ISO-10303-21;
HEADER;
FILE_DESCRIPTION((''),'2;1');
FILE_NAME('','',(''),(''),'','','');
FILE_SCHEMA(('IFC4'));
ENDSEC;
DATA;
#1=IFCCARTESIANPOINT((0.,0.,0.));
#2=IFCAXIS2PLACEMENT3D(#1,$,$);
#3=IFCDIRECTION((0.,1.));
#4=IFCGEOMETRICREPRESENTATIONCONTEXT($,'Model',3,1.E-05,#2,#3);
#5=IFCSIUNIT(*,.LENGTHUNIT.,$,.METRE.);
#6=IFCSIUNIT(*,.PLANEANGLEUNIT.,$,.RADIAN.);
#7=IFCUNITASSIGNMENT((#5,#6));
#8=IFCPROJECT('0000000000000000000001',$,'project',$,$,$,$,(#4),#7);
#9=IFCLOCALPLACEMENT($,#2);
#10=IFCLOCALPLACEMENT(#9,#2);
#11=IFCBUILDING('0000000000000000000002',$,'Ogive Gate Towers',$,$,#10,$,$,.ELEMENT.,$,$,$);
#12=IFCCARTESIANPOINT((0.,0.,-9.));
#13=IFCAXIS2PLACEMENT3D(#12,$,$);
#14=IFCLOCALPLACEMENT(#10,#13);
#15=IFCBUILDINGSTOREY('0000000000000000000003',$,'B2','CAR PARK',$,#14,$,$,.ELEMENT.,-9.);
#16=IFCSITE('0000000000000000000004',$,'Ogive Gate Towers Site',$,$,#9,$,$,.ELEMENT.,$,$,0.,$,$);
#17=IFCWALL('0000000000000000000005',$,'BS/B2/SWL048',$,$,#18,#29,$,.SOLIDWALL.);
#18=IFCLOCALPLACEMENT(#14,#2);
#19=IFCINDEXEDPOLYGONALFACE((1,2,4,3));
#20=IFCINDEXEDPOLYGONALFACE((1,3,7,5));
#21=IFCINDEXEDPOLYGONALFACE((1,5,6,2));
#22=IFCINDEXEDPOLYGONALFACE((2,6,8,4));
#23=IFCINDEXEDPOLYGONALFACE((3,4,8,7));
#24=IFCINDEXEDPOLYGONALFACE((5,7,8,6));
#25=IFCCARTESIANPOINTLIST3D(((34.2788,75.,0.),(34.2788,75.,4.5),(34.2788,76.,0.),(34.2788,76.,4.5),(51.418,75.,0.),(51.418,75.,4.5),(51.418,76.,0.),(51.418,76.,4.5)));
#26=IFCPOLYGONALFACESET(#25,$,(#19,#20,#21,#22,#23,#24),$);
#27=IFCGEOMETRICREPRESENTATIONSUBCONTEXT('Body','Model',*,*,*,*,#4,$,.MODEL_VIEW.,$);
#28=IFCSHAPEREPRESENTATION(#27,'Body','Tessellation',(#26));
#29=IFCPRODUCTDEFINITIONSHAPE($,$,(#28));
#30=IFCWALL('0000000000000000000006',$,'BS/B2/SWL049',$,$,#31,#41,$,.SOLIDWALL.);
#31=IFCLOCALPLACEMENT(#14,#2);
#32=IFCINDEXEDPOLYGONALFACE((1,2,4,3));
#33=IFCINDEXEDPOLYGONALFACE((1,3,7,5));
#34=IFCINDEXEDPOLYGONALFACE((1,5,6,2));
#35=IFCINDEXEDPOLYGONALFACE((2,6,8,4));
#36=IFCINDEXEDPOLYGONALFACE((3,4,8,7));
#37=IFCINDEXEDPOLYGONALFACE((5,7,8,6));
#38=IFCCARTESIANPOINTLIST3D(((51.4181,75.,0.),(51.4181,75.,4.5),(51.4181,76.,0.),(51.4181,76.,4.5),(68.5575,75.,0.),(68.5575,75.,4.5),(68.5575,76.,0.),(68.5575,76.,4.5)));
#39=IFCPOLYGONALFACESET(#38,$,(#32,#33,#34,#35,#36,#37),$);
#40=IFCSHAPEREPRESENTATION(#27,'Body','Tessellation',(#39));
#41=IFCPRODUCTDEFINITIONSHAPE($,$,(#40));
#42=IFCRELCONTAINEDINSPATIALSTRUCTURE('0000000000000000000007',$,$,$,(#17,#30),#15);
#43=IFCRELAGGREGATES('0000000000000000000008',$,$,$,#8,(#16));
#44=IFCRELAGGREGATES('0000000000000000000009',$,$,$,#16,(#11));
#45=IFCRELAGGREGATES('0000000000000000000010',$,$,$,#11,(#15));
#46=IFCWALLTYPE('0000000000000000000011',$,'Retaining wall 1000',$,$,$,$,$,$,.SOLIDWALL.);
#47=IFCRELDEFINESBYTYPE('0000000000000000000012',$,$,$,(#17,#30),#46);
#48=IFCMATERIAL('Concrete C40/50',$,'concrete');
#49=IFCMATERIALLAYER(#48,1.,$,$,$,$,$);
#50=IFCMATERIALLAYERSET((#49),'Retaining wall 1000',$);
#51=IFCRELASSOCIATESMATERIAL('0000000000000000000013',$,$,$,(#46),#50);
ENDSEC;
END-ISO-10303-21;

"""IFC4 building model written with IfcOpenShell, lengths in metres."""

from ifc_helpers import new_model, si_unit, direction, frame, frame_2d, origin, place, context, subcontext, project, spatial, rectangle, extrude, material, layer, layer_set, type_object, element, save


model = new_model("IFC4")

# Units and contexts
model_context = context("Model", 3, precision=1e-05, world=origin(), true_north=direction((0.0, 1.0)))
body_context = subcontext(model_context, "Body", "Model", "MODEL_VIEW")
ifc_project = project(units=[si_unit("LENGTHUNIT", "METRE"), si_unit("PLANEANGLEUNIT", "RADIAN")], contexts=[model_context])

# Site, building, storey
site_placement = place(None, origin())
site = spatial("IfcSite", under=ifc_project, at=site_placement, Name="Ogive Gate Towers Site", CompositionType="ELEMENT", RefElevation=0.0)
building_placement = place(site_placement, origin())
building = spatial("IfcBuilding", under=site, at=building_placement, Name="Ogive Gate Towers", CompositionType="ELEMENT")
storey_placement = place(building_placement, frame((0.0, 0.0, -9.0)))
storey = spatial("IfcBuildingStorey", under=building, at=storey_placement, Name="B2", Description="CAR PARK", CompositionType="ELEMENT", Elevation=-9.0)

# Shared definitions
ifc_material_1 = material(Name="Concrete C40/50", Category="concrete")

# Walls
ifc_layer_1 = layer(ifc_material_1, 1.0)
ifc_layer_set_1 = layer_set([ifc_layer_1], Name="Retaining wall 1000")
wall_type_1 = type_object("IfcWallType", Name="Retaining wall 1000", PredefinedType="SOLIDWALL", material=ifc_layer_set_1)
wall_1_placement = place(storey_placement, frame((34.2788, 75.5, 0.0), z_axis=(0.0, 0.0, 1.0), x_axis=(1.0, 0.0, 0.0)))
element("IfcWall", 1, at=wall_1_placement, inside=storey, type_object=wall_type_1, Name="BS/B2/SWL048", PredefinedType="SOLIDWALL", context=body_context, shape_type="SweptSolid", body=[
    extrude(rectangle(XDim=17.1392, YDim=1.0, at=frame_2d((8.5696, 0.0))), origin(), (0.0, 0.0, 1.0), 4.5),
])
wall_2_placement = place(storey_placement, frame((51.418, 75.5, 0.0), z_axis=(0.0, 0.0, 1.0), x_axis=(1.0, 0.0, 0.0)))
element("IfcWall", 2, at=wall_2_placement, inside=storey, type_object=wall_type_1, Name="BS/B2/SWL049", PredefinedType="SOLIDWALL", context=body_context, shape_type="SweptSolid", body=[
    extrude(rectangle(XDim=17.1394, YDim=1.0, at=frame_2d((8.5698, 0.0))), origin(), (0.0, 0.0, 1.0), 4.5),
])

save(model, "model.ifc")
